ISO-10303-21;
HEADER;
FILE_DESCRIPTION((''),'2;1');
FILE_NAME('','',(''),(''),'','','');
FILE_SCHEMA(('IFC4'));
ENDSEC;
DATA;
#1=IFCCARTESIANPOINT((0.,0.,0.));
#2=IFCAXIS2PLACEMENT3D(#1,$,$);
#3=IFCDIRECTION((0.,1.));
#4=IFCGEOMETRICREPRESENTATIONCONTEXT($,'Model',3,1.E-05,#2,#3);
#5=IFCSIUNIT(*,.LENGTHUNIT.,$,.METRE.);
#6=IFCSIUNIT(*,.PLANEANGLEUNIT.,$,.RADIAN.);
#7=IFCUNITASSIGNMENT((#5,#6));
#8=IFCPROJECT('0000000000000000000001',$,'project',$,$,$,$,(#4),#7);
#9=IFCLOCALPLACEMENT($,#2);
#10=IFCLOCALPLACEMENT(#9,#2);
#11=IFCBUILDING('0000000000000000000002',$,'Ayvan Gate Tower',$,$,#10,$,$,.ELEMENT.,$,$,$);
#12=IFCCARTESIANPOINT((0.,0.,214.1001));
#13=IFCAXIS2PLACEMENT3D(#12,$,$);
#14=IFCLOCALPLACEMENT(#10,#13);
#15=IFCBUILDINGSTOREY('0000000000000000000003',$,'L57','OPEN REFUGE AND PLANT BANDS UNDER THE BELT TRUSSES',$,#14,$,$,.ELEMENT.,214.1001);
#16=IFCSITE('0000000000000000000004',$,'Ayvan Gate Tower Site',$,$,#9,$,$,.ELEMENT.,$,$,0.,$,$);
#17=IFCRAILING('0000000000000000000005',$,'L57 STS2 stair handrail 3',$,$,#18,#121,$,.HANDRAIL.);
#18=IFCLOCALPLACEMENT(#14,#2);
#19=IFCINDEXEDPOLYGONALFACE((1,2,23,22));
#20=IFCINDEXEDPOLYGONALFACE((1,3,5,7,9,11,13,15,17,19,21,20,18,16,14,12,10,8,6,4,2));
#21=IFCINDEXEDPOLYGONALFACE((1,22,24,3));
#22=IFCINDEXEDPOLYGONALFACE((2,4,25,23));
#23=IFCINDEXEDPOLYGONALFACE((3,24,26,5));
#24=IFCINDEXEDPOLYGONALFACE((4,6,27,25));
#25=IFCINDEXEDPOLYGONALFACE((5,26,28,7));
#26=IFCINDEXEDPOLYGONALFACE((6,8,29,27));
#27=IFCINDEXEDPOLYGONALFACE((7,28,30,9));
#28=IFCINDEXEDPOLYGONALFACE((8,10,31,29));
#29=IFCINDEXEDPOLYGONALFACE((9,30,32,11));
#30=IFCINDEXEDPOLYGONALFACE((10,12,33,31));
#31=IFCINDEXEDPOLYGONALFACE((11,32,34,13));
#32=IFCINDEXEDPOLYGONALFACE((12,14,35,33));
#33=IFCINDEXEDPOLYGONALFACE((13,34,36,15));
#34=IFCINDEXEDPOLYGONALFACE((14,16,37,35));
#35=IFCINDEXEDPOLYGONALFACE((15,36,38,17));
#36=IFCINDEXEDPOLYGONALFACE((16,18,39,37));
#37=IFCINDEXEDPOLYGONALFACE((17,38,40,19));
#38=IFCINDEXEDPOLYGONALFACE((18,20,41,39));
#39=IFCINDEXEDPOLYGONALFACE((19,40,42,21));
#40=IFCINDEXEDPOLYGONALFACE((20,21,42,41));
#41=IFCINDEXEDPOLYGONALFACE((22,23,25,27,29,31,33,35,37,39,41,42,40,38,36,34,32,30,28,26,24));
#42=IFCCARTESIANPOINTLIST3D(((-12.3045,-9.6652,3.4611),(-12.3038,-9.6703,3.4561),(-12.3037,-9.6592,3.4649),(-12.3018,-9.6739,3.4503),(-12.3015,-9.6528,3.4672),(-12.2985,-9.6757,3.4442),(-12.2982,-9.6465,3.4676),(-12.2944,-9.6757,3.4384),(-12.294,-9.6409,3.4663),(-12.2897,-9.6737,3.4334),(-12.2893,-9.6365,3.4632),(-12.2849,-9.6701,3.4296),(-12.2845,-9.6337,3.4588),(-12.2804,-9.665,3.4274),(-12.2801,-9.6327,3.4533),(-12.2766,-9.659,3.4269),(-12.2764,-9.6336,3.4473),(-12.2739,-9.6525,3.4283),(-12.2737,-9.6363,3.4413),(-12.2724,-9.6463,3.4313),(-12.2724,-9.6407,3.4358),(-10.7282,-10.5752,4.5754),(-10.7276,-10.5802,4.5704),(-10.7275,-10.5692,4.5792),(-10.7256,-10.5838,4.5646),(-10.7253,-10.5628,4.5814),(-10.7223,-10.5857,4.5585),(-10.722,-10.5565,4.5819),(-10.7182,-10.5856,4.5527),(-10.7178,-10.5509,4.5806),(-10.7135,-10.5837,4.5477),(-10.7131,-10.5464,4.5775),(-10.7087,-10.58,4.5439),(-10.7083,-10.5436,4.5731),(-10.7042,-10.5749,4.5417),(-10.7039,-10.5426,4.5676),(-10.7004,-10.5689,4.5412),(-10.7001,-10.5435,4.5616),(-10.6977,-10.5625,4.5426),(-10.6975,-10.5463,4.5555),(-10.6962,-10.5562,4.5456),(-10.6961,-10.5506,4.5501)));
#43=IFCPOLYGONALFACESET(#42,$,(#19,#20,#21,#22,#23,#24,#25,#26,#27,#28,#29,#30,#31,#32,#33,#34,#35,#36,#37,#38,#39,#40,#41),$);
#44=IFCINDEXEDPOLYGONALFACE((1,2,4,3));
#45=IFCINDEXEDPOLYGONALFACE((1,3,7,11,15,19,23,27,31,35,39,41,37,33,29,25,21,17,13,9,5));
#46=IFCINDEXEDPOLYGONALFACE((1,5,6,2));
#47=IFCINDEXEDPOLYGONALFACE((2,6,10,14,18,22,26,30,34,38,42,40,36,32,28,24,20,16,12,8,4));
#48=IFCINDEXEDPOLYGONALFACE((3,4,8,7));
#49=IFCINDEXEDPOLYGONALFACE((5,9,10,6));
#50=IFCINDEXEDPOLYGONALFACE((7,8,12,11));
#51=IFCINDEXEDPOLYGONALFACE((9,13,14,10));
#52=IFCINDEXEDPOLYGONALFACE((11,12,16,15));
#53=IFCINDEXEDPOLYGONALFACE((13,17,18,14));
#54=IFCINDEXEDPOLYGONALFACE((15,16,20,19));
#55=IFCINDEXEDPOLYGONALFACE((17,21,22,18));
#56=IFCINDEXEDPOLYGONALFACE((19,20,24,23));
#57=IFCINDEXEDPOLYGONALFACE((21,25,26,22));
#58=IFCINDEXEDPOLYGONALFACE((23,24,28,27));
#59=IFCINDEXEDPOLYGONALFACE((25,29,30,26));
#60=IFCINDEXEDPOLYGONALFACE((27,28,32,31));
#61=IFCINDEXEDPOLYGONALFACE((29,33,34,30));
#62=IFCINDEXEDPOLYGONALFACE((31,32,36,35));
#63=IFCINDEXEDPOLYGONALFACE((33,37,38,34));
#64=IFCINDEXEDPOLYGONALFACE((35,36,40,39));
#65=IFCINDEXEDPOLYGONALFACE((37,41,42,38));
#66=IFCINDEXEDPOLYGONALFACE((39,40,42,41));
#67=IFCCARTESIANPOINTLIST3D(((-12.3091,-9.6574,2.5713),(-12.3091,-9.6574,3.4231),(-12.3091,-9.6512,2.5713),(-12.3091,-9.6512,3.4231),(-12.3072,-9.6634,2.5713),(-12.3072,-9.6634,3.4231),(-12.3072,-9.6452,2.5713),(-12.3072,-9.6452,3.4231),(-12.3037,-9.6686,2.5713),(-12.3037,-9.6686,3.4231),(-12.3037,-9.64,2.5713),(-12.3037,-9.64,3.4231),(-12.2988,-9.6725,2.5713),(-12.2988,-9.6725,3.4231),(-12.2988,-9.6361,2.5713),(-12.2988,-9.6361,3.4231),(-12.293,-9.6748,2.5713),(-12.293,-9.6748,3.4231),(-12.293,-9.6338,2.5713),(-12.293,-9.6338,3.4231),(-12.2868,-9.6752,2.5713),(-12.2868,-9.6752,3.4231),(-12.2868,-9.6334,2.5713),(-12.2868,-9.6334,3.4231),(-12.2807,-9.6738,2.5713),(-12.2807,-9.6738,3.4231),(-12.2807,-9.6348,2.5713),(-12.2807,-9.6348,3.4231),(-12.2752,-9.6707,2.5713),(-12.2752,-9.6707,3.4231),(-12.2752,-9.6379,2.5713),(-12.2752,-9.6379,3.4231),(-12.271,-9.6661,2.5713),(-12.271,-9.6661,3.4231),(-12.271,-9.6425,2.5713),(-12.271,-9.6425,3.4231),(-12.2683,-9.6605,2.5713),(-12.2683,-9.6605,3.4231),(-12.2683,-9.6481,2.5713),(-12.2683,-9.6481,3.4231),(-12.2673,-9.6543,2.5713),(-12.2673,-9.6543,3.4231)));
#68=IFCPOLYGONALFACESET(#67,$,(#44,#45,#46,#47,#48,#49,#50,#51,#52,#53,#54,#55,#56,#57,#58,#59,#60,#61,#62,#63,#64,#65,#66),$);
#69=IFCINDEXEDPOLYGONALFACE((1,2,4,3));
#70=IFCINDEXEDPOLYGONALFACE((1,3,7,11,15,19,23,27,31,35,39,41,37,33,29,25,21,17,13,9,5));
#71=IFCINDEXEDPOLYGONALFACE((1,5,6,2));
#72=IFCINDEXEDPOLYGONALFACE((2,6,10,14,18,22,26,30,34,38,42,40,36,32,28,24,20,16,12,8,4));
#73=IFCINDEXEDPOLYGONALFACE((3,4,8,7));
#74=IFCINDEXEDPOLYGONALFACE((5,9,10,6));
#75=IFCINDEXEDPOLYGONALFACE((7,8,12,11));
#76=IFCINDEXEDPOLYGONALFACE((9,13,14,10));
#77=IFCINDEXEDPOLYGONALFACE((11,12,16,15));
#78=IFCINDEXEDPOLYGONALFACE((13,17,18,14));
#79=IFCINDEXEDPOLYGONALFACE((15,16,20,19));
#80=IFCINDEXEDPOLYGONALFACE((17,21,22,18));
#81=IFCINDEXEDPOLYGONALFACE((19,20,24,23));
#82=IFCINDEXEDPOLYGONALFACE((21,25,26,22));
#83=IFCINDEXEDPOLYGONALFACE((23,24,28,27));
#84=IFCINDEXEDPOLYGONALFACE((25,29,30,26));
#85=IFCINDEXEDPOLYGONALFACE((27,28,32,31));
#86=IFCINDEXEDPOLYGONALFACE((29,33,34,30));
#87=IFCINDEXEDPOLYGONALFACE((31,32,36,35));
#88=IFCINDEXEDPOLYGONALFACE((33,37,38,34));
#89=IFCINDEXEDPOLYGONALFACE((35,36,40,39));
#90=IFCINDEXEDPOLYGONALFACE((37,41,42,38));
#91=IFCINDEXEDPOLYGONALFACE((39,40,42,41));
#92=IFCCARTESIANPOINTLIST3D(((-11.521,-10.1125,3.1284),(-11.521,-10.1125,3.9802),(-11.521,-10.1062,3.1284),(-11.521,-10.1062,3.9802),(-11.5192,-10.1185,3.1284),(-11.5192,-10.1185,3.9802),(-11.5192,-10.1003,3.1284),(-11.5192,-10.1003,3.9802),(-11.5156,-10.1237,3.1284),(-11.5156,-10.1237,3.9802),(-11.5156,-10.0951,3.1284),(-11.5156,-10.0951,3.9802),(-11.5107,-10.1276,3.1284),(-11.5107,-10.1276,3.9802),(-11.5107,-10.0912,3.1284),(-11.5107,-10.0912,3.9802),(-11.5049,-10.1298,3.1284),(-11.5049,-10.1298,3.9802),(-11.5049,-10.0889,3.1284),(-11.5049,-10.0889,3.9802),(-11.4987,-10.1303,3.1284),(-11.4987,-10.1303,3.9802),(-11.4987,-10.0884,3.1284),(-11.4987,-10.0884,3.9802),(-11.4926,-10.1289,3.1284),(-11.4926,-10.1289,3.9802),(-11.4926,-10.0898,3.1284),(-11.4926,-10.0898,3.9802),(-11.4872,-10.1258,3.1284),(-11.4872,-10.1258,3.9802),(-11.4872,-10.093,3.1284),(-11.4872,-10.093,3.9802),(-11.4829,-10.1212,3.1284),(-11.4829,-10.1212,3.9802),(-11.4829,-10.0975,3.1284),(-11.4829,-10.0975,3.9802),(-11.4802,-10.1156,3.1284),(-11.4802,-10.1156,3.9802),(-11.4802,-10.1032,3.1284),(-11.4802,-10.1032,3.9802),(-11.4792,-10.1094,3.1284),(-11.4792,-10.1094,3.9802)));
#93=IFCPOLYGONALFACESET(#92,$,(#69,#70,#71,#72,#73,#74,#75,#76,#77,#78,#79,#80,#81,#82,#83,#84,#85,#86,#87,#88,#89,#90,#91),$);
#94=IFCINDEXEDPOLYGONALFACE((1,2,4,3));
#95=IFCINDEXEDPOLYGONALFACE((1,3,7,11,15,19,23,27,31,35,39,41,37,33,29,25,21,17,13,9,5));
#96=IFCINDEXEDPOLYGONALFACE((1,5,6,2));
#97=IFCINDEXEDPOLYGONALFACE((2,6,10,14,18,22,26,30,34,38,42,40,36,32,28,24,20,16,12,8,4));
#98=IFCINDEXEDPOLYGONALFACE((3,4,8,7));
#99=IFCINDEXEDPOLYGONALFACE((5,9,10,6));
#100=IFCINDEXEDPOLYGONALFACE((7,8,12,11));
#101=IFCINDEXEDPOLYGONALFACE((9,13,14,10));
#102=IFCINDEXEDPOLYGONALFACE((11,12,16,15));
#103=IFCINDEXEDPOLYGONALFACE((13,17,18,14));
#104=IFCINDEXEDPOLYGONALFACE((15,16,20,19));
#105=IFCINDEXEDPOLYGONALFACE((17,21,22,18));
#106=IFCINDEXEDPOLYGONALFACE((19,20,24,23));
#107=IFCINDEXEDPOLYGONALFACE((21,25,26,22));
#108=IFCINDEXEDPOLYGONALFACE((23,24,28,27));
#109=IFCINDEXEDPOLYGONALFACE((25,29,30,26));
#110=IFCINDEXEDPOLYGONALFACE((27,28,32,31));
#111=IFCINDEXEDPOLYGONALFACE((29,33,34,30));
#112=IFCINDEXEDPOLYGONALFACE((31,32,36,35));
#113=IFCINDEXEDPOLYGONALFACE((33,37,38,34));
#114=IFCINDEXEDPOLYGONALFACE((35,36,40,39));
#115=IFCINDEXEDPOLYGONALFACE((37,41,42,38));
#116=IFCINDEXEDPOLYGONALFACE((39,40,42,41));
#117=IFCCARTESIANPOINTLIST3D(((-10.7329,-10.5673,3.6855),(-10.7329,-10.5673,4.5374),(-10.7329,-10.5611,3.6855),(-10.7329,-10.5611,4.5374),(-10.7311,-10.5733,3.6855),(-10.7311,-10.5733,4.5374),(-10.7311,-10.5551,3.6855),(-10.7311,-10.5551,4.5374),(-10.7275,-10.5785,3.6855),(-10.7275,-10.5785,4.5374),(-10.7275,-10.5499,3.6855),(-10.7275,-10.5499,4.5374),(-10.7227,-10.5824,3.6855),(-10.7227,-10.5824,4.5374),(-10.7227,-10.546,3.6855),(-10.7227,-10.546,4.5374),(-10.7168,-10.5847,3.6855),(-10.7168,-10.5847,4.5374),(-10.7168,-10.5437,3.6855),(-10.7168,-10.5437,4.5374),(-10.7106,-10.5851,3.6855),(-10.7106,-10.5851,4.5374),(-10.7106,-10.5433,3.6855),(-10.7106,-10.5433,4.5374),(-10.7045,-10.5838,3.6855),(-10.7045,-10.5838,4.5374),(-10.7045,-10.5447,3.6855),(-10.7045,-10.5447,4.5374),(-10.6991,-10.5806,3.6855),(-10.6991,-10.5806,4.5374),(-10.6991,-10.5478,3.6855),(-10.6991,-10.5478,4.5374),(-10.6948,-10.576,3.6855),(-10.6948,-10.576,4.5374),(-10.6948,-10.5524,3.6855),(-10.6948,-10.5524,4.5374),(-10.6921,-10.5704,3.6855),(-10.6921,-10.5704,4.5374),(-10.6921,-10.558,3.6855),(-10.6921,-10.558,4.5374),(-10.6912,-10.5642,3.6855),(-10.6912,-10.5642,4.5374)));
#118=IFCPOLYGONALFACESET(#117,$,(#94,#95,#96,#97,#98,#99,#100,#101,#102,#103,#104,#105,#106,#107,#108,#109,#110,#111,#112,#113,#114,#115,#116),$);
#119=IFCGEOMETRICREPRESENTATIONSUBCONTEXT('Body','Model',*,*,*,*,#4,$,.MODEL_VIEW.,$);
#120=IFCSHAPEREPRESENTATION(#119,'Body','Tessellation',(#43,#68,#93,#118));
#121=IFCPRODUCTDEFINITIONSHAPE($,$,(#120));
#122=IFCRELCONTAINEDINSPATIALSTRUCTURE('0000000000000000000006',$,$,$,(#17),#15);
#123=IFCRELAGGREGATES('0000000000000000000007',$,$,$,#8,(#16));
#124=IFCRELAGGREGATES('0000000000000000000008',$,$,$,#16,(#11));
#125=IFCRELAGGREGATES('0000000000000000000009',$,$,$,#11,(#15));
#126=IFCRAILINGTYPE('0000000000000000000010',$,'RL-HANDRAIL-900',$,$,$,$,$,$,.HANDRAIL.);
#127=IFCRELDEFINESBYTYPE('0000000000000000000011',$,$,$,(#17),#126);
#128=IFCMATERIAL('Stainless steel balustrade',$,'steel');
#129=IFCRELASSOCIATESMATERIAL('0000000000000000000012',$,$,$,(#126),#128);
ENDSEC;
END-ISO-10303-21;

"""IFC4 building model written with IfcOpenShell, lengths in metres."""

from ifc_helpers import new_model, si_unit, direction, frame, origin, origin_2d, place, context, subcontext, project, spatial, circle, extrude, material, type_object, element, save


model = new_model("IFC4")

# Units and contexts
model_context = context("Model", 3, precision=1e-05, world=origin(), true_north=direction((0.0, 1.0)))
body_context = subcontext(model_context, "Body", "Model", "MODEL_VIEW")
ifc_project = project(units=[si_unit("LENGTHUNIT", "METRE"), si_unit("PLANEANGLEUNIT", "RADIAN")], contexts=[model_context])

# Site, building, storey
site_placement = place(None, origin())
site = spatial("IfcSite", under=ifc_project, at=site_placement, Name="Ayvan Gate Tower Site", CompositionType="ELEMENT", RefElevation=0.0)
building_placement = place(site_placement, origin())
building = spatial("IfcBuilding", under=site, at=building_placement, Name="Ayvan Gate Tower", CompositionType="ELEMENT")
storey_placement = place(building_placement, frame((0.0, 0.0, 214.1001)))
storey = spatial("IfcBuildingStorey", under=building, at=storey_placement, Name="L57", Description="OPEN REFUGE AND PLANT BANDS UNDER THE BELT TRUSSES", CompositionType="ELEMENT", Elevation=214.1001)

# Railing
ifc_material_1 = material(Name="Stainless steel balustrade", Category="steel")
railing_type_1 = type_object("IfcRailingType", Name="RL-HANDRAIL-900", PredefinedType="HANDRAIL", material=ifc_material_1)
for number, where, name in (
    (1, (-12.2883, -9.6543, 2.5713), "L57 STS2 stair handrail 3"),
):
    element("IfcRailing", number, at=place(storey_placement, frame(where)), inside=storey, type_object=railing_type_1, Name=name, PredefinedType="HANDRAIL", context=body_context, shape_type="SweptSolid", body=[
        extrude(circle(Radius=0.0239, at=origin_2d()), frame((0.0, 0.0, 0.876), z_axis=(0.73861, -0.426394, 0.522153), x_axis=(0.499962, 0.866047, 0.0)), (0.0, 0.0, 1.0), 2.134),
        extrude(circle(Radius=0.021, at=origin_2d()), origin(), (0.0, 0.0, 1.0), 0.8518),
        extrude(circle(Radius=0.021, at=origin_2d()), frame((0.7881, -0.4551, 0.5571)), (0.0, 0.0, 1.0), 0.8518),
        extrude(circle(Radius=0.021, at=origin_2d()), frame((1.5762, -0.9099, 1.1143)), (0.0, 0.0, 1.0), 0.8518),
    ])

save(model, "model.ifc")
